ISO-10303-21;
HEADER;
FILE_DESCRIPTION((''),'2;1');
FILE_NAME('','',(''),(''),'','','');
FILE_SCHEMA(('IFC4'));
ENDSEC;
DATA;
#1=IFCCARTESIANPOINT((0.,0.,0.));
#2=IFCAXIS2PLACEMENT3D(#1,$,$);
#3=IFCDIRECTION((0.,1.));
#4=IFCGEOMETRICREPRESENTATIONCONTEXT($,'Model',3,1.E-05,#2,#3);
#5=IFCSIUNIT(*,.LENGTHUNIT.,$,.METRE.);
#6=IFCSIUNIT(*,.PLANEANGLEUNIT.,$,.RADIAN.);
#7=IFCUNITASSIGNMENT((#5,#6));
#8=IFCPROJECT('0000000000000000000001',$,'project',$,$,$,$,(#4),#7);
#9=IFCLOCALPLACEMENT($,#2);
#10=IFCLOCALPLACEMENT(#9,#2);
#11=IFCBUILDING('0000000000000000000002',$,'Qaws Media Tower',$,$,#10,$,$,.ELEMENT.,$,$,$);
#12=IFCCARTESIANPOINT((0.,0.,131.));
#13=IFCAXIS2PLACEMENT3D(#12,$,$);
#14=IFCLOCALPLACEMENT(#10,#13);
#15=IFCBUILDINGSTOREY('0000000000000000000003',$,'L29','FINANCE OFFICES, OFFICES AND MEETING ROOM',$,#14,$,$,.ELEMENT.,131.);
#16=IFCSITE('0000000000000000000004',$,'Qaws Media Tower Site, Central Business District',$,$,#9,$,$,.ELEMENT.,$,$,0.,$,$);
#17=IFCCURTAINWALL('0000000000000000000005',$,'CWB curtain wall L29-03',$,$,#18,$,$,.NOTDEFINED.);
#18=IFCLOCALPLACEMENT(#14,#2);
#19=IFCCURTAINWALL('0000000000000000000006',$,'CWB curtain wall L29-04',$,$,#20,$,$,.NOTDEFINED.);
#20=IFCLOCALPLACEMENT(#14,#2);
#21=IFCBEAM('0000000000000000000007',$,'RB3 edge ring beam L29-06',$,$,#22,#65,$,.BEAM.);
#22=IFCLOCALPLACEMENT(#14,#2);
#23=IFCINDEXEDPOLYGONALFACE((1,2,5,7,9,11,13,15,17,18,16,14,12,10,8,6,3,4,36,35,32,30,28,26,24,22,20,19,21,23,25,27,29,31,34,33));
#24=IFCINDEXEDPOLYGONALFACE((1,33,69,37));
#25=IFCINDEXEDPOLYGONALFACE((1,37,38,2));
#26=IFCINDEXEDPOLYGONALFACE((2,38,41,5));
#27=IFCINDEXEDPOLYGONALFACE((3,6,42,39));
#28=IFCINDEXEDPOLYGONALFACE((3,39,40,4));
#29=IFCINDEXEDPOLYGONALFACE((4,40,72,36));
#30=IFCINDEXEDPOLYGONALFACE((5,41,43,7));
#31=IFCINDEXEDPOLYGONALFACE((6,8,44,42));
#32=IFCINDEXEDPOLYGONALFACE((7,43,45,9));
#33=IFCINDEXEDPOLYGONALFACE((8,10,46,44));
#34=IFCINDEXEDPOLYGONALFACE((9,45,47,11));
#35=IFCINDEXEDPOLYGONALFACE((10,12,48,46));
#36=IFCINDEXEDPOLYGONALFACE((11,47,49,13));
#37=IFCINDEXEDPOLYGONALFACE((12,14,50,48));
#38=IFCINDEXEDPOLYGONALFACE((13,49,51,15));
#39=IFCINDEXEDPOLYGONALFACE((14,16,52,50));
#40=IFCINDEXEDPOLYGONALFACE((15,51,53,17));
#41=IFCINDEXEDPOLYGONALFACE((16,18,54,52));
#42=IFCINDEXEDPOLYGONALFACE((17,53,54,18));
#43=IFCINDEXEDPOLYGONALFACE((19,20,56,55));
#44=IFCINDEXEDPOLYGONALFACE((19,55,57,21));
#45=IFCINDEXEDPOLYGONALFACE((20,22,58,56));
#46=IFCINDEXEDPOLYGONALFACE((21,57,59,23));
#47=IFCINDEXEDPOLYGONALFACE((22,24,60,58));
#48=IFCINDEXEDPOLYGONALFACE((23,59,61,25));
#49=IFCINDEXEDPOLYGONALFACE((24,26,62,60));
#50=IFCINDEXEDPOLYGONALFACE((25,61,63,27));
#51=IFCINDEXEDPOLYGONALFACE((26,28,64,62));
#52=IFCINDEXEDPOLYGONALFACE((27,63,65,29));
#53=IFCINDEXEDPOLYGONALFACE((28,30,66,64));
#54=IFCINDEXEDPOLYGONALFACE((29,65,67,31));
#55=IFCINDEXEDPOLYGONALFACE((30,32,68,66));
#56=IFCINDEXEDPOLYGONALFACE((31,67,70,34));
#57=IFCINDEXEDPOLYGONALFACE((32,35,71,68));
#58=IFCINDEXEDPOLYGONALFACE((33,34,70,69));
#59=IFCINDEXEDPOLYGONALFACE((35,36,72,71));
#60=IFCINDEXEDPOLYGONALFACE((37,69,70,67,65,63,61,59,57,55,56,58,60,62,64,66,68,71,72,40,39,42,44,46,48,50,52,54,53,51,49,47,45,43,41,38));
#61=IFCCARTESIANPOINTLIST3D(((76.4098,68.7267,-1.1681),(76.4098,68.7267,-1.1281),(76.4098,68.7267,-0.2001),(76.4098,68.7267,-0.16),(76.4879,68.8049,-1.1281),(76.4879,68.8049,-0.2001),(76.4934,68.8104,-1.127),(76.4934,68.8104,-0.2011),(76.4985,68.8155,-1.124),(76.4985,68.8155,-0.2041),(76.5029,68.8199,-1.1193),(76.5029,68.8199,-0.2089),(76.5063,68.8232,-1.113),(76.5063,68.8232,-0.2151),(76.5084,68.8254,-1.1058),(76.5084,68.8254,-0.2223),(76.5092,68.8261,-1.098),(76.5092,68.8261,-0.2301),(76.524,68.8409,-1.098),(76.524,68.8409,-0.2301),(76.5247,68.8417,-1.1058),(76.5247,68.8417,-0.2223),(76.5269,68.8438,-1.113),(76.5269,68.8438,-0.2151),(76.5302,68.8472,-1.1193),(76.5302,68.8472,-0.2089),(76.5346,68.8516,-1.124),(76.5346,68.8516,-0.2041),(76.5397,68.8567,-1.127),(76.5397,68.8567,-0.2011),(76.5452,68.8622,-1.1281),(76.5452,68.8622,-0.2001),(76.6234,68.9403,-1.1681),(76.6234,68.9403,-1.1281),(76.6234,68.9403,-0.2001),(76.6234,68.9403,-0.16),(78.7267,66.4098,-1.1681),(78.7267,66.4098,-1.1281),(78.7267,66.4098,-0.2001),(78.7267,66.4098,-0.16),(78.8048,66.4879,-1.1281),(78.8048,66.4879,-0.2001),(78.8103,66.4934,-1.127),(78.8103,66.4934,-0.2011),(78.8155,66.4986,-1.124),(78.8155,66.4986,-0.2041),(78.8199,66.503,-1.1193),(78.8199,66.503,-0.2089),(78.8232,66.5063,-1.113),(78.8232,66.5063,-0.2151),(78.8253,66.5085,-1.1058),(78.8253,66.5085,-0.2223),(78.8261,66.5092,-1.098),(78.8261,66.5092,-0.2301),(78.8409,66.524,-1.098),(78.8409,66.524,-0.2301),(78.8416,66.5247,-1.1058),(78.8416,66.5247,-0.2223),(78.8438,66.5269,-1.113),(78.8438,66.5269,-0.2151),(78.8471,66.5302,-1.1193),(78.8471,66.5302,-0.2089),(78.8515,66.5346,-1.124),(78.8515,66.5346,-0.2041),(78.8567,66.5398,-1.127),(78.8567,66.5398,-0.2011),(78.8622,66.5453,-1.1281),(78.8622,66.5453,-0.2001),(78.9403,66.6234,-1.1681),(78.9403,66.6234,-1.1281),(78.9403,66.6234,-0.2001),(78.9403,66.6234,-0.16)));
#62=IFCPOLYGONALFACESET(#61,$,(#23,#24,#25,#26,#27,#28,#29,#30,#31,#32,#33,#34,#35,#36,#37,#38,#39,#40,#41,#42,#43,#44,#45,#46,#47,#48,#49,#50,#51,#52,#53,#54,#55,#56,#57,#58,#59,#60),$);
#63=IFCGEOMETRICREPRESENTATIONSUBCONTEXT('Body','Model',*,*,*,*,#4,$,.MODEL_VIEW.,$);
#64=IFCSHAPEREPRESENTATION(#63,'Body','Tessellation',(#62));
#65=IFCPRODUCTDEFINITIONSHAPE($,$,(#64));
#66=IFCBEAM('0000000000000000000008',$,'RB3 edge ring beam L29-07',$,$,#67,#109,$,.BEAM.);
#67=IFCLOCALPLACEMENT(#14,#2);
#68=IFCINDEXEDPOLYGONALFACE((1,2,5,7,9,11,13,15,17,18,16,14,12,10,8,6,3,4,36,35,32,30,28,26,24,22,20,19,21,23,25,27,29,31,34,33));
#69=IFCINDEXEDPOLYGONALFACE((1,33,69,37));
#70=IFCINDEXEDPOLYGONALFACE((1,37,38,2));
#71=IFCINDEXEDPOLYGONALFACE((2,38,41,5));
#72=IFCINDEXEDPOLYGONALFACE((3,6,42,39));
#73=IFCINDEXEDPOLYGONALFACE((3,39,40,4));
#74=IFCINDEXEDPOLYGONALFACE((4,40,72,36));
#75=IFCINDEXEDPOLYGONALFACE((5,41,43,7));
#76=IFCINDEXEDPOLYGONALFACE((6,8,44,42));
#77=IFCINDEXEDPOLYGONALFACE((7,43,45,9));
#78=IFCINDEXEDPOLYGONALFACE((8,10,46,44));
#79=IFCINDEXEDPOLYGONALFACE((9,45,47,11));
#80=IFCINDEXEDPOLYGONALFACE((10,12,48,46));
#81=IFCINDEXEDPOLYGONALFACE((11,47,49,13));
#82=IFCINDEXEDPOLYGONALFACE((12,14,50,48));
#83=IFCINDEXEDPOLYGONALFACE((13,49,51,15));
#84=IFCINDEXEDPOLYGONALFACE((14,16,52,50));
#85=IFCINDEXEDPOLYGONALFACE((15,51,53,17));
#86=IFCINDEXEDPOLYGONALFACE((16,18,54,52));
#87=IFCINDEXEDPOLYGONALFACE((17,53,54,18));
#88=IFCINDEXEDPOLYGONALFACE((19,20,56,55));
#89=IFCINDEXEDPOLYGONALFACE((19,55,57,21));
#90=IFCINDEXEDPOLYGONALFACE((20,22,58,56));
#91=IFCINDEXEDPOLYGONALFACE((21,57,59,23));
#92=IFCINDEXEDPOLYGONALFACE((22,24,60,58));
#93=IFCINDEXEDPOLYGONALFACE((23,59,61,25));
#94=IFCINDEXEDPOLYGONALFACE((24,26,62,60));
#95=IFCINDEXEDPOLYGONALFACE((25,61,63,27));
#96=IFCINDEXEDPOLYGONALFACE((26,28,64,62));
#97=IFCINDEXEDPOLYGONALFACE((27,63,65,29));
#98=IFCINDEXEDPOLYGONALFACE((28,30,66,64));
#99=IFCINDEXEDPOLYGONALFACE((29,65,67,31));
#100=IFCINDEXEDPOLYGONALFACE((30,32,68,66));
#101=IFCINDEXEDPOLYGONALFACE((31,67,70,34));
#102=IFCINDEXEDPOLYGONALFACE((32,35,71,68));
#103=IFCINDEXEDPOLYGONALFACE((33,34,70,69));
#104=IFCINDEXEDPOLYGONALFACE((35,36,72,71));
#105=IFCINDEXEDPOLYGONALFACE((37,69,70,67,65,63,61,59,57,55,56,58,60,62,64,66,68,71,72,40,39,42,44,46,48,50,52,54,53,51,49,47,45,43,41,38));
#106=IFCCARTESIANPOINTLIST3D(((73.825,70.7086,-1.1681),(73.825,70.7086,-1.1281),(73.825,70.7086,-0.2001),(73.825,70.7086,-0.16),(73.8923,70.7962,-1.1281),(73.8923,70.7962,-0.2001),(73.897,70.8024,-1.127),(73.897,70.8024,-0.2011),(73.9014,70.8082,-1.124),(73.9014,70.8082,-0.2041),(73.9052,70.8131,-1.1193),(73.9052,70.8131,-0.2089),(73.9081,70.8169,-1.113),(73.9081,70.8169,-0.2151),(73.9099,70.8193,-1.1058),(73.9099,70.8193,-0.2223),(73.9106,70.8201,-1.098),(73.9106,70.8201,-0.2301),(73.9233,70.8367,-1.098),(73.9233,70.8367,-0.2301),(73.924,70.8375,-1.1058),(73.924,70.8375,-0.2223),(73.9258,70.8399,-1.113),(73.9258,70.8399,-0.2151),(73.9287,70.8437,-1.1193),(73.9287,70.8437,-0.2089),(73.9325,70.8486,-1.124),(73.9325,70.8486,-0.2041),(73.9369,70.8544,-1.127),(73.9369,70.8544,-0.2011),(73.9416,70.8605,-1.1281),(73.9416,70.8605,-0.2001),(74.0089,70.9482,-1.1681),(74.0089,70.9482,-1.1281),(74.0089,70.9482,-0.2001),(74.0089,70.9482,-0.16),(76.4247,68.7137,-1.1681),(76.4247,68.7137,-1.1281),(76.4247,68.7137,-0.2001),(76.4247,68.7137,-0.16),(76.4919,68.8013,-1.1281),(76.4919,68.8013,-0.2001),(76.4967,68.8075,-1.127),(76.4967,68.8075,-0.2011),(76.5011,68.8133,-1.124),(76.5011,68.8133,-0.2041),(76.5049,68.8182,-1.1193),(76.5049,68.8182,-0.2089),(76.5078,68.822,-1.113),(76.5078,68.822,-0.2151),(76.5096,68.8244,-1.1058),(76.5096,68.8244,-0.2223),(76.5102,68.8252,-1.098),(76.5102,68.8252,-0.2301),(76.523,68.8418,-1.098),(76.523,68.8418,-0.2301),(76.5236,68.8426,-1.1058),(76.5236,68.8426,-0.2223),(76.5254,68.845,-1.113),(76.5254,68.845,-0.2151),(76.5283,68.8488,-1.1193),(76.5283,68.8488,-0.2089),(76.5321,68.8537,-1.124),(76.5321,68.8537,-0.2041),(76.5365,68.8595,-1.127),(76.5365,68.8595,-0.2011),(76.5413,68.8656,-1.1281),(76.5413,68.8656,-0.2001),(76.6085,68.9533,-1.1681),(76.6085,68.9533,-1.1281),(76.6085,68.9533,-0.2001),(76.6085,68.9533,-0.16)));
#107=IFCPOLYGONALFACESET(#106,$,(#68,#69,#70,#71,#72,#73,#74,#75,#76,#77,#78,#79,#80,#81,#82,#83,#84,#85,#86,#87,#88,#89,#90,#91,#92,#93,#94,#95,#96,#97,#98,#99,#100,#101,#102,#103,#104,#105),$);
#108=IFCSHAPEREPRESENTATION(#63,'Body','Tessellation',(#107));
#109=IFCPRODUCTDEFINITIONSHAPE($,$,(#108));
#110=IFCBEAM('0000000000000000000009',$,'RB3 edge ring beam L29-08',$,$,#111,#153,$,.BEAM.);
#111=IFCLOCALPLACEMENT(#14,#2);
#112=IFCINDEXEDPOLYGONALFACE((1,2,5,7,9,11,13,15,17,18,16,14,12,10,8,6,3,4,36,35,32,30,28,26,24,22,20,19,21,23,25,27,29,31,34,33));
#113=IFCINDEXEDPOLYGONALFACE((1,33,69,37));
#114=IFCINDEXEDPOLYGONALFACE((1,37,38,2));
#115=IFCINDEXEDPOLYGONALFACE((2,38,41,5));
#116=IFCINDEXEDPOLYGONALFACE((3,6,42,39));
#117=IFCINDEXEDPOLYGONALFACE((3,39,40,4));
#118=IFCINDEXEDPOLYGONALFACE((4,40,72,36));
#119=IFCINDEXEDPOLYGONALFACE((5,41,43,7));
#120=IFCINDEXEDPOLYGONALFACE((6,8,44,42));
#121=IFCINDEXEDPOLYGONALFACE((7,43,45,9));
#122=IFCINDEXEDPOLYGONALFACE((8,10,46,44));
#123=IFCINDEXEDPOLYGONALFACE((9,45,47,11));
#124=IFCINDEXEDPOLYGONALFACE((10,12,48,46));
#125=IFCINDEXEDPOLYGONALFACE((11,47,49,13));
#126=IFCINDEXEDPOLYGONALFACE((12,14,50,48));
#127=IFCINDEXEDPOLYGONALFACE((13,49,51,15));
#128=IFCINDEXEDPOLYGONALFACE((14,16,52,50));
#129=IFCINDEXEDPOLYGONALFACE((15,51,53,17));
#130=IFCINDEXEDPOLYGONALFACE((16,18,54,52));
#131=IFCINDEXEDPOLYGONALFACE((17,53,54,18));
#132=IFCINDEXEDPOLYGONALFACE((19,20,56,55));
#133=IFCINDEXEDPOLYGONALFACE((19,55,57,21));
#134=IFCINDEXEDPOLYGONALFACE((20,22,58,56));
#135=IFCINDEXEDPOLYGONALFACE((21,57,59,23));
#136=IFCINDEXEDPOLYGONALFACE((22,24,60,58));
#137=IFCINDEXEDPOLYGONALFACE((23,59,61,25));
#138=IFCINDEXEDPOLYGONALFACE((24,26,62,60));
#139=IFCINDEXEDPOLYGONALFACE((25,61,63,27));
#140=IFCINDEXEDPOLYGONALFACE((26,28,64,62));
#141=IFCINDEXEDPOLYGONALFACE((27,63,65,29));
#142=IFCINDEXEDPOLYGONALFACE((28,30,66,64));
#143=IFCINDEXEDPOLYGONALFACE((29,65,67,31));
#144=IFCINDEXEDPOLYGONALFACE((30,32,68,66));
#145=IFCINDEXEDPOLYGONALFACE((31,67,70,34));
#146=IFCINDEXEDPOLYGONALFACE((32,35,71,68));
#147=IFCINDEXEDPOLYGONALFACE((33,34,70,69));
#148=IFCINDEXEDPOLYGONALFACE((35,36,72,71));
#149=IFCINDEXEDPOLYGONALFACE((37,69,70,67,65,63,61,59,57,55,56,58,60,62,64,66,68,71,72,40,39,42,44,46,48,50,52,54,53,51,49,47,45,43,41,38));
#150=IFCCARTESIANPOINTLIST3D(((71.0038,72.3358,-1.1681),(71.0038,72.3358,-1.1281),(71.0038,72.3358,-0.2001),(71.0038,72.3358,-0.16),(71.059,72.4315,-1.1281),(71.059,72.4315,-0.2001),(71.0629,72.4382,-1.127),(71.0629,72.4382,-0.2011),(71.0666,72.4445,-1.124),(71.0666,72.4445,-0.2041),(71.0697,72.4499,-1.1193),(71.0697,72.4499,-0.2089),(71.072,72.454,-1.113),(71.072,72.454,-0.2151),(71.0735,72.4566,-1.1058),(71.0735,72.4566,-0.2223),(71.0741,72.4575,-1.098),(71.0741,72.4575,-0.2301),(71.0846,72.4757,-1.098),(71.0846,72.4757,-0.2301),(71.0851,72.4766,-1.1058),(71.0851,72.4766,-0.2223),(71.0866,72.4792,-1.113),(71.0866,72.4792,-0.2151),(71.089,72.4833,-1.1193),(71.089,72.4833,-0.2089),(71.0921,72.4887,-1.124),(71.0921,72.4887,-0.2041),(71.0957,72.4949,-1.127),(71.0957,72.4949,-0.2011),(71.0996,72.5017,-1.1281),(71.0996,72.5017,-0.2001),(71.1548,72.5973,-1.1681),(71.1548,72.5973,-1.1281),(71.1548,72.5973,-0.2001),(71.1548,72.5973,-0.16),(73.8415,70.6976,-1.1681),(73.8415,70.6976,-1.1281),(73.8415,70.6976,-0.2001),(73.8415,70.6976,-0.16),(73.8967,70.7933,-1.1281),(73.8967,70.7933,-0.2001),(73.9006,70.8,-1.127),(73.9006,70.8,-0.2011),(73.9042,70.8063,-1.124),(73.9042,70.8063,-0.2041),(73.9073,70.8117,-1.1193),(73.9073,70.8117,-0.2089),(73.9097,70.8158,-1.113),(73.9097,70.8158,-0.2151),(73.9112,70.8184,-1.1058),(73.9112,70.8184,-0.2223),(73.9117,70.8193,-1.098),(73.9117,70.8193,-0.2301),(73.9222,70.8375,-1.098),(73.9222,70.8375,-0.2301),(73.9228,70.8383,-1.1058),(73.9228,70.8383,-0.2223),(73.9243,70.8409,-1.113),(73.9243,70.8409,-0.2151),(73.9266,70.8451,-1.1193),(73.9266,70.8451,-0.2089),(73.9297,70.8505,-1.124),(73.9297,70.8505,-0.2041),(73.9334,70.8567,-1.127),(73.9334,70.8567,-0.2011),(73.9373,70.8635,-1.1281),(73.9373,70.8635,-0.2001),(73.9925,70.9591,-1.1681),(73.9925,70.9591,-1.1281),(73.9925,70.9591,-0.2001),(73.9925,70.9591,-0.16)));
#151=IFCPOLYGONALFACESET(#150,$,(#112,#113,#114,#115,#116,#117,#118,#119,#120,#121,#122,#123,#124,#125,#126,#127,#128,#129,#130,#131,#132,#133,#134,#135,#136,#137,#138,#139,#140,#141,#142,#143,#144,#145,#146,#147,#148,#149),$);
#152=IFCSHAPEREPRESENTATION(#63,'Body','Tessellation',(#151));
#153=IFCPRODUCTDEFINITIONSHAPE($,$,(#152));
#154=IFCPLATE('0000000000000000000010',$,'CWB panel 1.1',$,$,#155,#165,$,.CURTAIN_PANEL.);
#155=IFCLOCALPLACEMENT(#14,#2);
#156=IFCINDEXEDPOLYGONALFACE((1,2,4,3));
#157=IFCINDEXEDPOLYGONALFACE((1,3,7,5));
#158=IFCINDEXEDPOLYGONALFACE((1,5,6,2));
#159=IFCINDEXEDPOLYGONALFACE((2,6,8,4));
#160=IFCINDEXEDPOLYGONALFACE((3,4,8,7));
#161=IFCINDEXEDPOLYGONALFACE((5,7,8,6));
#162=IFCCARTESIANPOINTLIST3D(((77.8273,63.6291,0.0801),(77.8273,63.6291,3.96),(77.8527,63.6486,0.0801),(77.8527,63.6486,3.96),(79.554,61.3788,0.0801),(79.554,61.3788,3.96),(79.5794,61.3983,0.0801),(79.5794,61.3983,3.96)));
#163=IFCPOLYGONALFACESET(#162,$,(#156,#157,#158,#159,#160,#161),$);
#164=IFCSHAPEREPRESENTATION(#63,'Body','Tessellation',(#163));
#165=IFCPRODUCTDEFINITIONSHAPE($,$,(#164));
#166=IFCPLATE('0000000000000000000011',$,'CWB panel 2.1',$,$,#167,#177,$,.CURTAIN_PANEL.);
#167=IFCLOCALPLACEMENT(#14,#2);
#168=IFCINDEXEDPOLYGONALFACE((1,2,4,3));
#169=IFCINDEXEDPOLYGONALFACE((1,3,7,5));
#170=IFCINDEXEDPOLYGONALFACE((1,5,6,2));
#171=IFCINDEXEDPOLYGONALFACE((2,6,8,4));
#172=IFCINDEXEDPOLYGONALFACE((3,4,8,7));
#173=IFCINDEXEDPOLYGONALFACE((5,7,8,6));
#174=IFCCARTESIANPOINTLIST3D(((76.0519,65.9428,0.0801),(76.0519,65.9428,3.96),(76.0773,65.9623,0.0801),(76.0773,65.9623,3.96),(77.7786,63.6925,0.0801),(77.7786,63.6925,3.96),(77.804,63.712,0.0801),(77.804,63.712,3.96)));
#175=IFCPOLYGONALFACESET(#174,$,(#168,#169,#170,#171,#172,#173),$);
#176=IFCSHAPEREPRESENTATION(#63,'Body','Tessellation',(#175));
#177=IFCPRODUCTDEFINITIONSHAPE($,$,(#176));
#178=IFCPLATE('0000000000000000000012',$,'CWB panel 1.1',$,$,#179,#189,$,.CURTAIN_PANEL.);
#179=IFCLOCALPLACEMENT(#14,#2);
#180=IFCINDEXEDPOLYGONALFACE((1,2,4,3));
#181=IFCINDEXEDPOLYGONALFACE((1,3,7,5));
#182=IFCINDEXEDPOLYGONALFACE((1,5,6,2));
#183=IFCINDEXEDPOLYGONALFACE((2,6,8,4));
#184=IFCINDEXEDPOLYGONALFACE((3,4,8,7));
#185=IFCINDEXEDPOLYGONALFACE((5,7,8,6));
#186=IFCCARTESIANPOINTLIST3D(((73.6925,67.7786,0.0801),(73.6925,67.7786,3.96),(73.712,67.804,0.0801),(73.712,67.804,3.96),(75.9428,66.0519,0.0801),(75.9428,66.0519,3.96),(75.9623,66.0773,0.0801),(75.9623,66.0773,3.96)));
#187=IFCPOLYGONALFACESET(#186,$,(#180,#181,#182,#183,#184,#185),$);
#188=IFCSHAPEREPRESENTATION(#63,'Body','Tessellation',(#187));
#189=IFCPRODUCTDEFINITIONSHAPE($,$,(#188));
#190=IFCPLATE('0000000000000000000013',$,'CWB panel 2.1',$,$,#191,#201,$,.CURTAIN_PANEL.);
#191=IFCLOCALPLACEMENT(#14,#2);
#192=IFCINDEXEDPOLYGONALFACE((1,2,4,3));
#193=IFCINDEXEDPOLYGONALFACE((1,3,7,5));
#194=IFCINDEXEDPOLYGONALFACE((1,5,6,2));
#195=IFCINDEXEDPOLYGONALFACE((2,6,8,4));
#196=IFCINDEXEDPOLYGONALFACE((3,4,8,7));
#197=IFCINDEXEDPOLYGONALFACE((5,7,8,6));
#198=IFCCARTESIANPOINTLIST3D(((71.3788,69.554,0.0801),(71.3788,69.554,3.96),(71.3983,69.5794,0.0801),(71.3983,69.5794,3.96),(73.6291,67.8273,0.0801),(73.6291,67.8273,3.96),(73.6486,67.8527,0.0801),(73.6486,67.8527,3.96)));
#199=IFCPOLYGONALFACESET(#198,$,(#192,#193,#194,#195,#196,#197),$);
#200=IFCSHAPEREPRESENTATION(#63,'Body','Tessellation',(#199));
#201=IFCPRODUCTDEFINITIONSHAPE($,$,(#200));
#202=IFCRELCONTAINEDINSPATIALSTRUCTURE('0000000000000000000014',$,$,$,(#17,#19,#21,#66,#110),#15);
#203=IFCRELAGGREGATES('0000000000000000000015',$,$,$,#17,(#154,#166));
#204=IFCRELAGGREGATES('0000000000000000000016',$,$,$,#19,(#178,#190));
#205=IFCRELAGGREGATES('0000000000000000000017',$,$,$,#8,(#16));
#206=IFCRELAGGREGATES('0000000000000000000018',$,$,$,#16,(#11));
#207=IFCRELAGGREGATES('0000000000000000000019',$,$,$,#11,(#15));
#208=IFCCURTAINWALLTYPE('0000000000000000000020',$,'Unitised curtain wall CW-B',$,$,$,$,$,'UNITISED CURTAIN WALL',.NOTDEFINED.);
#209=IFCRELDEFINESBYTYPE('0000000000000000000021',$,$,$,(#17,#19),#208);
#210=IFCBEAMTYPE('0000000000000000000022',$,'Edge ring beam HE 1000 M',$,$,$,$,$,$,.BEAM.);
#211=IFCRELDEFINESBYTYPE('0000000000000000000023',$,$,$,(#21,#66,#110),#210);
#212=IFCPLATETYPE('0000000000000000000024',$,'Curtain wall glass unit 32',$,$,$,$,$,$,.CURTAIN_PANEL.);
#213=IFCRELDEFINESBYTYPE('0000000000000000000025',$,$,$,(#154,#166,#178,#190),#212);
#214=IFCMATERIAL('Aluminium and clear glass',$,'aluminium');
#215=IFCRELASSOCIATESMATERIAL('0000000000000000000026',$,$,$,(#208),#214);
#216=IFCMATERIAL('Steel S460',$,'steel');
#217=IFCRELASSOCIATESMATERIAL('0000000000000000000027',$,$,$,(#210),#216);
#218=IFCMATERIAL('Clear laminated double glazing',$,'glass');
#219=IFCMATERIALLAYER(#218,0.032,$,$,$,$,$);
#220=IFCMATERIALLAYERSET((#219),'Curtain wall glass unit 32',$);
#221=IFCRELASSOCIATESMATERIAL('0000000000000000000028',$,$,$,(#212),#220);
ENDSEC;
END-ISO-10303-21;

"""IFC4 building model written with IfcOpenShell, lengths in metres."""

from ifc_helpers import new_model, si_unit, direction, frame, origin, origin_2d, place, context, subcontext, project, spatial, rectangle, i_section, extrude, material, layer, layer_set, material_profile, profile_set, type_object, element, aggregate, save


model = new_model("IFC4")

# Units and contexts
model_context = context("Model", 3, precision=1e-05, world=origin(), true_north=direction((0.0, 1.0)))
body_context = subcontext(model_context, "Body", "Model", "MODEL_VIEW")
ifc_project = project(units=[si_unit("LENGTHUNIT", "METRE"), si_unit("PLANEANGLEUNIT", "RADIAN")], contexts=[model_context])

# Site, building, storey
site_placement = place(None, origin())
site = spatial("IfcSite", under=ifc_project, at=site_placement, Name="Qaws Media Tower Site, Central Business District", CompositionType="ELEMENT", RefElevation=0.0)
building_placement = place(site_placement, origin())
building = spatial("IfcBuilding", under=site, at=building_placement, Name="Qaws Media Tower", CompositionType="ELEMENT")
storey_placement = place(building_placement, frame((0.0, 0.0, 131.0)))
storey = spatial("IfcBuildingStorey", under=building, at=storey_placement, Name="L29", Description="FINANCE OFFICES, OFFICES AND MEETING ROOM", CompositionType="ELEMENT", Elevation=131.0)

# Shared definitions
ifc_material_1 = material(Name="Aluminium and clear glass", Category="aluminium")
curtain_wall_type = type_object("IfcCurtainWallType", Name="Unitised curtain wall CW-B", ElementType="UNITISED CURTAIN WALL", PredefinedType="NOTDEFINED", material=ifc_material_1)

# Curtain walls
curtain_wall_1_placement = place(storey_placement, origin())
curtain_wall_1 = element("IfcCurtainWall", 1, at=curtain_wall_1_placement, inside=storey, type_object=curtain_wall_type, Name="CWB curtain wall L29-03", PredefinedType="NOTDEFINED")
curtain_wall_2_placement = place(storey_placement, origin())
curtain_wall_2 = element("IfcCurtainWall", 2, at=curtain_wall_2_placement, inside=storey, type_object=curtain_wall_type, Name="CWB curtain wall L29-04", PredefinedType="NOTDEFINED")

# Beams
ifc_material_2 = material(Name="Steel S460", Category="steel")
ifc_material_profile_1 = material_profile(ifc_material_2, i_section(OverallWidth=0.302, OverallDepth=1.0081, WebThickness=0.021, FlangeThickness=0.04, FilletRadius=0.03, at=origin_2d()), Name="HE 1000 M")
ifc_profile_set_1 = profile_set([ifc_material_profile_1], Name="Steel S460")
beam_type = type_object("IfcBeamType", Name="Edge ring beam HE 1000 M", PredefinedType="BEAM", material=ifc_profile_set_1)
beam_1_placement = place(storey_placement, frame((78.8335, 66.5166, -0.6641), z_axis=(-0.707107, 0.707107, 0.0), x_axis=(-0.707107, -0.707107, 0.0)))
element("IfcBeam", 3, at=beam_1_placement, inside=storey, type_object=beam_type, Name="RB3 edge ring beam L29-06", PredefinedType="BEAM", context=body_context, shape_type="SweptSolid", body=[
    extrude(i_section(OverallWidth=0.302, OverallDepth=1.0081, WebThickness=0.021, FlangeThickness=0.04, FilletRadius=0.03, at=origin_2d()), origin(), (0.0, 0.0, 1.0), 3.2766),
])
beam_2_placement = place(storey_placement, frame((76.5166, 68.8335, -0.6641), z_axis=(-0.793335, 0.608785, 0.0), x_axis=(-0.608785, -0.793335, 0.0)))
element("IfcBeam", 4, at=beam_2_placement, inside=storey, type_object=beam_type, Name="RB3 edge ring beam L29-07", PredefinedType="BEAM", context=body_context, shape_type="SweptSolid", body=[
    extrude(i_section(OverallWidth=0.302, OverallDepth=1.0081, WebThickness=0.021, FlangeThickness=0.04, FilletRadius=0.03, at=origin_2d()), origin(), (0.0, 0.0, 1.0), 3.2769),
])
beam_3_placement = place(storey_placement, frame((73.917, 70.8284, -0.6641), z_axis=(-0.866043, 0.49997, 0.0), x_axis=(-0.49997, -0.866043, 0.0)))
element("IfcBeam", 5, at=beam_3_placement, inside=storey, type_object=beam_type, Name="RB3 edge ring beam L29-08", PredefinedType="BEAM", context=body_context, shape_type="SweptSolid", body=[
    extrude(i_section(OverallWidth=0.302, OverallDepth=1.0081, WebThickness=0.021, FlangeThickness=0.04, FilletRadius=0.03, at=origin_2d()), origin(), (0.0, 0.0, 1.0), 3.2766),
])

# Plates
ifc_material_3 = material(Name="Clear laminated double glazing", Category="glass")
ifc_layer_1 = layer(ifc_material_3, 0.032)
ifc_layer_set_1 = layer_set([ifc_layer_1], Name="Curtain wall glass unit 32")
plate_type_1 = type_object("IfcPlateType", Name="Curtain wall glass unit 32", PredefinedType="CURTAIN_PANEL", material=ifc_layer_set_1)
plate_1_placement = place(storey_placement, frame((78.7034, 62.5137, 0.0801), z_axis=(0.0, 0.0, 1.0), x_axis=(-0.608761, 0.793353, 0.0)))
plate_1 = element("IfcPlate", 6, at=plate_1_placement, type_object=plate_type_1, Name="CWB panel 1.1", PredefinedType="CURTAIN_PANEL", context=body_context, shape_type="SweptSolid", body=[
    extrude(rectangle(XDim=2.8364, YDim=0.032, at=origin_2d()), origin(), (0.0, 0.0, 1.0), 3.8799),
])
plate_2_placement = place(storey_placement, frame((76.928, 64.8274, 0.0801), z_axis=(0.0, 0.0, 1.0), x_axis=(-0.608761, 0.793353, 0.0)))
plate_2 = element("IfcPlate", 7, at=plate_2_placement, type_object=plate_type_1, Name="CWB panel 2.1", PredefinedType="CURTAIN_PANEL", context=body_context, shape_type="SweptSolid", body=[
    extrude(rectangle(XDim=2.8364, YDim=0.032, at=origin_2d()), origin(), (0.0, 0.0, 1.0), 3.8799),
])
aggregate(curtain_wall_1, [plate_1, plate_2])
plate_3_placement = place(storey_placement, frame((74.8274, 66.928, 0.0801), z_axis=(0.0, 0.0, 1.0), x_axis=(-0.793353, 0.608761, 0.0)))
plate_3 = element("IfcPlate", 8, at=plate_3_placement, type_object=plate_type_1, Name="CWB panel 1.1", PredefinedType="CURTAIN_PANEL", context=body_context, shape_type="SweptSolid", body=[
    extrude(rectangle(XDim=2.8364, YDim=0.032, at=origin_2d()), origin(), (0.0, 0.0, 1.0), 3.8799),
])
plate_4_placement = place(storey_placement, frame((72.5137, 68.7034, 0.0801), z_axis=(0.0, 0.0, 1.0), x_axis=(-0.793353, 0.608761, 0.0)))
plate_4 = element("IfcPlate", 9, at=plate_4_placement, type_object=plate_type_1, Name="CWB panel 2.1", PredefinedType="CURTAIN_PANEL", context=body_context, shape_type="SweptSolid", body=[
    extrude(rectangle(XDim=2.8364, YDim=0.032, at=origin_2d()), origin(), (0.0, 0.0, 1.0), 3.8799),
])
aggregate(curtain_wall_2, [plate_3, plate_4])

save(model, "model.ifc")
